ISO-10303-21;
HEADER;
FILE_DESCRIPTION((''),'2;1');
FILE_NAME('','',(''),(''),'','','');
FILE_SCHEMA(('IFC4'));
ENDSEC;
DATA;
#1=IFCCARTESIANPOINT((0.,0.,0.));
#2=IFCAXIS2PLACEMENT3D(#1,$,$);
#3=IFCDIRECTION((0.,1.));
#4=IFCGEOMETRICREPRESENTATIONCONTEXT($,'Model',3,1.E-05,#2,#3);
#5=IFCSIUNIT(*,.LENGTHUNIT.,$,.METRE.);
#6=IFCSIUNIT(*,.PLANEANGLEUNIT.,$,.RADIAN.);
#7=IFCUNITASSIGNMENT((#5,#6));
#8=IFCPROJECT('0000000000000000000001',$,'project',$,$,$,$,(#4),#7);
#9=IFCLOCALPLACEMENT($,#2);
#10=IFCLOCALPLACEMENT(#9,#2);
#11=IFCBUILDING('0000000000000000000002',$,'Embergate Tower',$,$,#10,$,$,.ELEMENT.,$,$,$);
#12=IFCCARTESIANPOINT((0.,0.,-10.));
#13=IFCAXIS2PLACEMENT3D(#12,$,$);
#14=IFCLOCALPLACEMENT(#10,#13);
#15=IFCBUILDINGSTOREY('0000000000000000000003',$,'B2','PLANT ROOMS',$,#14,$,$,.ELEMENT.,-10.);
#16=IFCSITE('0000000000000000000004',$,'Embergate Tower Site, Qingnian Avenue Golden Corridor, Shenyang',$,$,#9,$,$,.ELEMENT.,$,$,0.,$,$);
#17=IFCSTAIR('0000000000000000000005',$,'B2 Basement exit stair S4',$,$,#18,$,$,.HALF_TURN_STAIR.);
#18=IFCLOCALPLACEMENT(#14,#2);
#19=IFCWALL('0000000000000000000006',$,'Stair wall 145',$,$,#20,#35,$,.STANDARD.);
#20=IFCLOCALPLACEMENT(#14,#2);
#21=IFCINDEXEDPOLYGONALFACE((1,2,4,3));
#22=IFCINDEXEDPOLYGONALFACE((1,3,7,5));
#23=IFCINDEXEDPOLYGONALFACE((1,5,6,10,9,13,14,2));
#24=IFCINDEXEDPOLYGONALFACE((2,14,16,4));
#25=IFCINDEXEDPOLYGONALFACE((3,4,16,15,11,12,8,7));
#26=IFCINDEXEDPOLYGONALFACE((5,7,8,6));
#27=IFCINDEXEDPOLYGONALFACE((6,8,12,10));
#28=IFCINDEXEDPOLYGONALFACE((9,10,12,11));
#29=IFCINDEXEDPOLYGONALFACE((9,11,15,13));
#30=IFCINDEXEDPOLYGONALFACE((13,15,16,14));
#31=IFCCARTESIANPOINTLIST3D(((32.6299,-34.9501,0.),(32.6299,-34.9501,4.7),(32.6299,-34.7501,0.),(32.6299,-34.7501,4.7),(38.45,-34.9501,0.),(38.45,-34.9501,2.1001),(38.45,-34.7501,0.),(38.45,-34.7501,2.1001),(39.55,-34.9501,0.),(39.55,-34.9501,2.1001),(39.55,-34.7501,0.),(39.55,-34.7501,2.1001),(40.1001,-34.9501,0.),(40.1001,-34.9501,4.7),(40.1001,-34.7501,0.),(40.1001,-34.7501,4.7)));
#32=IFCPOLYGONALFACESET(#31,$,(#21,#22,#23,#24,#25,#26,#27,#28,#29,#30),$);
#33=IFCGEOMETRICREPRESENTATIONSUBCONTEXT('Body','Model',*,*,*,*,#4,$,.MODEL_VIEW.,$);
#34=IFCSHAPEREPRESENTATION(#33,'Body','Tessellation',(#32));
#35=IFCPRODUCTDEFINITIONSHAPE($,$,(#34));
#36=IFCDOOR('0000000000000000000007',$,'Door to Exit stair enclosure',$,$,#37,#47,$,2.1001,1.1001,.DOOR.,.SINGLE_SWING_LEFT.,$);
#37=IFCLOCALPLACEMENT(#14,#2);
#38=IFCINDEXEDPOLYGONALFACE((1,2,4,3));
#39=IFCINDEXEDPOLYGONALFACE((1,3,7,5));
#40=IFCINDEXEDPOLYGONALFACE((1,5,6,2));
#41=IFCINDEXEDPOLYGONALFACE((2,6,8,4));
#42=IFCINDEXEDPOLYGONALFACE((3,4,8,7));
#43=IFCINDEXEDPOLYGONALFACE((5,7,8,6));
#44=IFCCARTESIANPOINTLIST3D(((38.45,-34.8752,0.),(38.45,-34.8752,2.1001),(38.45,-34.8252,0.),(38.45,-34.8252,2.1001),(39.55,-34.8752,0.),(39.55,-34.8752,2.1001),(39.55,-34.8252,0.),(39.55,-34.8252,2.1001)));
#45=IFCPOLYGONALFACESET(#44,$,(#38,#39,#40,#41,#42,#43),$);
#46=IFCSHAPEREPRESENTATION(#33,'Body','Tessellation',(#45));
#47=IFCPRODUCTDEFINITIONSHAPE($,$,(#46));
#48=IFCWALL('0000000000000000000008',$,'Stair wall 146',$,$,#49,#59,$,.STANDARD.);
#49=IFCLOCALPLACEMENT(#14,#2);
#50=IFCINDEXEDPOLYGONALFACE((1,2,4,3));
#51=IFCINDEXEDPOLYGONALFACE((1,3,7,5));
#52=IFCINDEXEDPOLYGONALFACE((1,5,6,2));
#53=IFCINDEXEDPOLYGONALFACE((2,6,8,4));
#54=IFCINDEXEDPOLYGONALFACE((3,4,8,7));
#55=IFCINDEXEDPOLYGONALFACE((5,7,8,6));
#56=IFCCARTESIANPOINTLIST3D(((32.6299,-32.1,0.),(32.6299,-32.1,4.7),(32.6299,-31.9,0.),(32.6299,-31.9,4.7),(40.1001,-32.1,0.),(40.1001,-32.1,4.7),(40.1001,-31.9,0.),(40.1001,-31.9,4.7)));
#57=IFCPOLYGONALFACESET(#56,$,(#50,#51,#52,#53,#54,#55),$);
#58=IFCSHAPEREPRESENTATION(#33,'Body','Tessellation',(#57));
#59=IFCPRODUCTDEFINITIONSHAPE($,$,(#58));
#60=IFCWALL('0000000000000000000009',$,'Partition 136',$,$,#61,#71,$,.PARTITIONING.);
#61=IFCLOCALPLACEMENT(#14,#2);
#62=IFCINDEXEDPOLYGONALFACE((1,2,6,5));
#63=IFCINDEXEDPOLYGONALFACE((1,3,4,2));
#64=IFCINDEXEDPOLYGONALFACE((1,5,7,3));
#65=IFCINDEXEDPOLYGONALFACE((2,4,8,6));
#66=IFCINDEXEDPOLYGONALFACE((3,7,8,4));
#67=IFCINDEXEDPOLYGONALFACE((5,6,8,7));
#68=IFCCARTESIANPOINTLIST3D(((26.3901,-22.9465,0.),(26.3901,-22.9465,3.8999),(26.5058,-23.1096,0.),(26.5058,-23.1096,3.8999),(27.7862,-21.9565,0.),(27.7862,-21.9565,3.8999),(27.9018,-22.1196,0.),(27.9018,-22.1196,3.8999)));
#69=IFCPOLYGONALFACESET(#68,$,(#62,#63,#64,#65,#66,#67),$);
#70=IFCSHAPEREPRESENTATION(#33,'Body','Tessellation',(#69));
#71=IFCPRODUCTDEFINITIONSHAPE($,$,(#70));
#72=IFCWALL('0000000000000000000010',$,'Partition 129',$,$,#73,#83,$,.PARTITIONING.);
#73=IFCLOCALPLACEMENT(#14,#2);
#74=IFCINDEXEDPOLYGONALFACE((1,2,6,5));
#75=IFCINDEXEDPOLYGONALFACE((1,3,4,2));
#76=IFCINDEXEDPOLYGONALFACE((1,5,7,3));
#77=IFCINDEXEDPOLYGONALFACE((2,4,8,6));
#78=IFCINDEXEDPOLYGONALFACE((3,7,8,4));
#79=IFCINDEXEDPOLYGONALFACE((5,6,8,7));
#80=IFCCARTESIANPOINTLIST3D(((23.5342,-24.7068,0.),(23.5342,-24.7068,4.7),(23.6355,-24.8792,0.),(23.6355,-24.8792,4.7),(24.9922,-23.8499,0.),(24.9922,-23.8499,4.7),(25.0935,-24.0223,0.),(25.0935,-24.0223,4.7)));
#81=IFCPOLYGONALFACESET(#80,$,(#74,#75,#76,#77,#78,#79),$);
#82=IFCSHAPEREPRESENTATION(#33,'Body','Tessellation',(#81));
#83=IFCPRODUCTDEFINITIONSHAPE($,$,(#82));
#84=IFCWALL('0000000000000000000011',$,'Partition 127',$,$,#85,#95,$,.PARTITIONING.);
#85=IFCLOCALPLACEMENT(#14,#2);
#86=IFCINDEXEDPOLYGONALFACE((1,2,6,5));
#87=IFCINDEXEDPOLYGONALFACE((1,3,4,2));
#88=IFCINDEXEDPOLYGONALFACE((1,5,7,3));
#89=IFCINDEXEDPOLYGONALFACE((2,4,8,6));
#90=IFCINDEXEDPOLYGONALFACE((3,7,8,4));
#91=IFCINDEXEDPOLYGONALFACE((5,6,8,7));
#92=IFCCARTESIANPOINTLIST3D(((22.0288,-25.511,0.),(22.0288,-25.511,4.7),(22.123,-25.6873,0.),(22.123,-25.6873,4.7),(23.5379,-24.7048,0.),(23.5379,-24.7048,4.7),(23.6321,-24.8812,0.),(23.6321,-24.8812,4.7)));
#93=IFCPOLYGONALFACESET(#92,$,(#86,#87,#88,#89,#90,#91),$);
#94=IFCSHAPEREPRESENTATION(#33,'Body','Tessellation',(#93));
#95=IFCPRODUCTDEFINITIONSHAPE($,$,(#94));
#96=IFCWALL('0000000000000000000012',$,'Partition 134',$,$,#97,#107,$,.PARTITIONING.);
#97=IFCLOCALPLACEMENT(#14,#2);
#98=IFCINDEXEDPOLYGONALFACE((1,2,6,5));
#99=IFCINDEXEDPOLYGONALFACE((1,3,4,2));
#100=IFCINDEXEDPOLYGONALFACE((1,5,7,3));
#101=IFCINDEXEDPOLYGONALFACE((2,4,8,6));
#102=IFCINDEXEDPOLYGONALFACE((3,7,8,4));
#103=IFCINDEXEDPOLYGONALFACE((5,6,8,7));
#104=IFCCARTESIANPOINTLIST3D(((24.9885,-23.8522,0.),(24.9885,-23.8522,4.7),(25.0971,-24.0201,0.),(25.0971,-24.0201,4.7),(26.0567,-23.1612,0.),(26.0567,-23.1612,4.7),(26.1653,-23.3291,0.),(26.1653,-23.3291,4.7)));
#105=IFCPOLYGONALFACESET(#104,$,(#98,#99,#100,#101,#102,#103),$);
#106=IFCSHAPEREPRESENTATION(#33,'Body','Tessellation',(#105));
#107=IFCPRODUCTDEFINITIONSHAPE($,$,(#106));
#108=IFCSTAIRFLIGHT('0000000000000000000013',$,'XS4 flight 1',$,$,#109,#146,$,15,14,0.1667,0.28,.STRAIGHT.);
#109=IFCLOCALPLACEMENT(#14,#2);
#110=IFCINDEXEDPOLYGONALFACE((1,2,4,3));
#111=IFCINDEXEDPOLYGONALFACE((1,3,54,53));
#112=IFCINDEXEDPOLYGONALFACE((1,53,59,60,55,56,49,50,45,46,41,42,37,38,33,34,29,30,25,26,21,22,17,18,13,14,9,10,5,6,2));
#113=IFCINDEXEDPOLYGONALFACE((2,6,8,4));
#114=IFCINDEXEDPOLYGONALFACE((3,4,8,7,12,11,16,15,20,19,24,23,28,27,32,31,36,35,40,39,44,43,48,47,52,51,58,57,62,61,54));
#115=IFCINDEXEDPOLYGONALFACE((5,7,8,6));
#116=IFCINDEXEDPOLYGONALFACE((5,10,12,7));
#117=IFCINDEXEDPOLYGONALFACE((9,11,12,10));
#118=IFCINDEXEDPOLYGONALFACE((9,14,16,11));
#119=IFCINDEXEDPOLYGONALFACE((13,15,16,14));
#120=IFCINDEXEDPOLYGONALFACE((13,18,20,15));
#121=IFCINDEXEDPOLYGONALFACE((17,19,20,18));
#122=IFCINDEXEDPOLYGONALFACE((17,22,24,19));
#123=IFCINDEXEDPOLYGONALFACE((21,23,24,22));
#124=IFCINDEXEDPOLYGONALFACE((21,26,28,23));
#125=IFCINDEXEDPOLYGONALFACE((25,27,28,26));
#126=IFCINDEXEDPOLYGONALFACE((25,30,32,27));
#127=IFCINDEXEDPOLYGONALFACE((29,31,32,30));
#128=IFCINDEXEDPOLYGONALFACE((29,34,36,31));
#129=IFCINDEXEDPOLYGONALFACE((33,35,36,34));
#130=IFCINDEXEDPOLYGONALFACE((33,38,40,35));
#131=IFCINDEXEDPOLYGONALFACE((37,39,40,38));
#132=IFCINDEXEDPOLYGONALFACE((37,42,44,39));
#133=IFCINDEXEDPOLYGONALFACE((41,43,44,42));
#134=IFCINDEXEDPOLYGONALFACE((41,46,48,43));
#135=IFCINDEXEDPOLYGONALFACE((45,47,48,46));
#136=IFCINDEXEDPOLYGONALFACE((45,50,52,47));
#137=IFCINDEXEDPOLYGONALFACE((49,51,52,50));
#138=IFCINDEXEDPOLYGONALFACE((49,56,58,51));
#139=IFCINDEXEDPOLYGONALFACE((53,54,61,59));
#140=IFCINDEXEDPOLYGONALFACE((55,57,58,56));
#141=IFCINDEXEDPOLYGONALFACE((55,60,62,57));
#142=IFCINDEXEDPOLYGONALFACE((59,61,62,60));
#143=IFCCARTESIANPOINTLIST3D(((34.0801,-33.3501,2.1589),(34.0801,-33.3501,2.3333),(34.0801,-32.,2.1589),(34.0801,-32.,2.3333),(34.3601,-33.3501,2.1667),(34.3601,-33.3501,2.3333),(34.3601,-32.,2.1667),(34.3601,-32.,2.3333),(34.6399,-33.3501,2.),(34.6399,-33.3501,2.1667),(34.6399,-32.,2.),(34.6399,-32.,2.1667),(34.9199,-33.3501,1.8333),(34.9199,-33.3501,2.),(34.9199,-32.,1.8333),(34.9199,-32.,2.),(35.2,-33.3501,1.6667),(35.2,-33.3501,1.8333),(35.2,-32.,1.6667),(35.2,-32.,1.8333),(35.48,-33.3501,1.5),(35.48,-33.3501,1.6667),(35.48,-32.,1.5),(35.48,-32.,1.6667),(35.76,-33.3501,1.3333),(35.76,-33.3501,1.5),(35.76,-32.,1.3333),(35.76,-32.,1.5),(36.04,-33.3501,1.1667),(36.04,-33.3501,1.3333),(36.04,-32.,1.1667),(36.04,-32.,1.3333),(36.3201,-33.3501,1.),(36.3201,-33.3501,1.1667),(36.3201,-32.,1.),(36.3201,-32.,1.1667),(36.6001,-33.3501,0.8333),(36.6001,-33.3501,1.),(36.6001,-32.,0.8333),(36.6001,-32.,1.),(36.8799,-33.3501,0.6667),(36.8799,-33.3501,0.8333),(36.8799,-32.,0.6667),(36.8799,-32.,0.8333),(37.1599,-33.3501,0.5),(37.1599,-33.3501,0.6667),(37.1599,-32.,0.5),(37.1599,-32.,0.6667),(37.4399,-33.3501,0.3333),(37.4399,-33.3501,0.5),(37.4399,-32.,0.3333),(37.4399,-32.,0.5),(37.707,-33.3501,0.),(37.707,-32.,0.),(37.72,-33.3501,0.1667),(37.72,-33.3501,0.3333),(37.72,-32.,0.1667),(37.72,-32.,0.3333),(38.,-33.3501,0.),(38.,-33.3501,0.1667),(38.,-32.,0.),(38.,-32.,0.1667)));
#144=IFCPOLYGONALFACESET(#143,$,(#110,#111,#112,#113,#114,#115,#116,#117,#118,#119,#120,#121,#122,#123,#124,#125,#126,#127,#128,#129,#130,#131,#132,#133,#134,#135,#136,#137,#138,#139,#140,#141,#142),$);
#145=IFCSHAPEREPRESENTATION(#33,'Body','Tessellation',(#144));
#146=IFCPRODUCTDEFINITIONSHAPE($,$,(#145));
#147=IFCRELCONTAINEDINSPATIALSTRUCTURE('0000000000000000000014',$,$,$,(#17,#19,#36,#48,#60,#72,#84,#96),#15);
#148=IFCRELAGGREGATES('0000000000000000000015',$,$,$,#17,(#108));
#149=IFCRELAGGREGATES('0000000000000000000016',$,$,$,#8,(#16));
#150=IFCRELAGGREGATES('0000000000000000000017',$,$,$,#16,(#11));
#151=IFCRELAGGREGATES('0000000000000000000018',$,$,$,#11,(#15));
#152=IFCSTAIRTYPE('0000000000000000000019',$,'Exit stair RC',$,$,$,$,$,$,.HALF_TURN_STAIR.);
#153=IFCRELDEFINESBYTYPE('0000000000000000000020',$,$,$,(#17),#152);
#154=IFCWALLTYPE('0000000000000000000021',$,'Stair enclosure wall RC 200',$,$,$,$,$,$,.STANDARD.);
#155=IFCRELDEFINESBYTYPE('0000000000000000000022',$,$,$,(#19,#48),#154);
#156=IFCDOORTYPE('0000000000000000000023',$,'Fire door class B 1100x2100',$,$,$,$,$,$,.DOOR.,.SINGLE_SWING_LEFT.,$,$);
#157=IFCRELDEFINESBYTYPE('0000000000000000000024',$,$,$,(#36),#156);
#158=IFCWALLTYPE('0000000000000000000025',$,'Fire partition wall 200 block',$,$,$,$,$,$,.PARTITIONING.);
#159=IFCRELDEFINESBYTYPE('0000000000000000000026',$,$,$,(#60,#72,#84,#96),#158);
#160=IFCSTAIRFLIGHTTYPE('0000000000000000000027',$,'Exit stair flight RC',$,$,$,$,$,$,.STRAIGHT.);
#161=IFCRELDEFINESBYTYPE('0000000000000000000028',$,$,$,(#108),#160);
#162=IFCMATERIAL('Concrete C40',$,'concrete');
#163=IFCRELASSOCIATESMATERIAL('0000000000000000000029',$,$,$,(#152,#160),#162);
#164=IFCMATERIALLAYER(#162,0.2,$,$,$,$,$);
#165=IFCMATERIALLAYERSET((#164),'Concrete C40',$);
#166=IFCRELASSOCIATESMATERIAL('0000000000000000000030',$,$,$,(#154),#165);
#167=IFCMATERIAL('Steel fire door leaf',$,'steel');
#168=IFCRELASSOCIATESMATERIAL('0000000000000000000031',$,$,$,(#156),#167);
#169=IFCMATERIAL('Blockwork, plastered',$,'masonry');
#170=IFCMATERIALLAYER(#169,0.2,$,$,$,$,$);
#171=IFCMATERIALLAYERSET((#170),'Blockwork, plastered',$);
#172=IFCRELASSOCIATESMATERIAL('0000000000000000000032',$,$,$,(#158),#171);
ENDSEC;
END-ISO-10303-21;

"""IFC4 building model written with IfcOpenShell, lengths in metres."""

from ifc_helpers import new_model, si_unit, direction, frame, frame_2d, origin, place, context, subcontext, project, spatial, polyline, rectangle, outline, extrude, source, transform, mapped, material, layer, layer_set, type_object, element, fill, aggregate, save


model = new_model("IFC4")

# Units and contexts
model_context = context("Model", 3, precision=1e-05, world=origin(), true_north=direction((0.0, 1.0)))
body_context = subcontext(model_context, "Body", "Model", "MODEL_VIEW")
ifc_project = project(units=[si_unit("LENGTHUNIT", "METRE"), si_unit("PLANEANGLEUNIT", "RADIAN")], contexts=[model_context])

# Site, building, storey
site_placement = place(None, origin())
site = spatial("IfcSite", under=ifc_project, at=site_placement, Name="Embergate Tower Site, Qingnian Avenue Golden Corridor, Shenyang", CompositionType="ELEMENT", RefElevation=0.0)
building_placement = place(site_placement, origin())
building = spatial("IfcBuilding", under=site, at=building_placement, Name="Embergate Tower", CompositionType="ELEMENT")
storey_placement = place(building_placement, frame((0.0, 0.0, -10.0)))
storey = spatial("IfcBuildingStorey", under=building, at=storey_placement, Name="B2", Description="PLANT ROOMS", CompositionType="ELEMENT", Elevation=-10.0)

# Shared definitions
ifc_material_1 = material(Name="Concrete C40", Category="concrete")

# Stair
stair_type = type_object("IfcStairType", Name="Exit stair RC", PredefinedType="HALF_TURN_STAIR", material=ifc_material_1)
stair_placement = place(storey_placement, origin())
stair = element("IfcStair", 1, at=stair_placement, inside=storey, type_object=stair_type, Name="B2 Basement exit stair S4", PredefinedType="HALF_TURN_STAIR")

# Shared definitions
ifc_layer_1 = layer(ifc_material_1, 0.2)
ifc_layer_set_1 = layer_set([ifc_layer_1], Name="Concrete C40")
wall_type_1 = type_object("IfcWallType", Name="Stair enclosure wall RC 200", PredefinedType="STANDARD", material=ifc_layer_set_1)

# Wall, opening, door
shared_shape_1 = source(origin(), body_context, "Body", "SweptSolid", [
    extrude(rectangle(XDim=7.4702, YDim=0.2, at=frame_2d((3.7351, 0.0))), origin(), (0.0, 0.0, 1.0), 4.7),
])
wall_1_placement = place(storey_placement, frame((32.6299, -34.8501, 0.0), z_axis=(0.0, 0.0, 1.0), x_axis=(1.0, 0.0, 0.0)))
wall_1 = element("IfcWall", 2, at=wall_1_placement, inside=storey, type_object=wall_type_1, Name="Stair wall 145", PredefinedType="STANDARD", context=body_context, shape_type="MappedRepresentation", body=[
    mapped(shared_shape_1, transform((0.0, 0.0, 0.0))),
])
shared_shape_2 = source(origin(), body_context, "Body", "SweptSolid", [
    extrude(rectangle(XDim=1.1001, YDim=2.1001, at=frame_2d((0.55, 1.05))), frame((0.0, 0.1099, 0.0), z_axis=(0.0, -1.0, 0.0), x_axis=(1.0, 0.0, 0.0)), (0.0, 0.0, 1.0), 0.22),
])
opening_placement = place(wall_1_placement, frame((5.8201, 0.0, 0.0)))
opening = element("IfcOpeningElement", 3, at=opening_placement, cuts=wall_1, PredefinedType="OPENING", context=body_context, shape_type="MappedRepresentation", body=[
    mapped(shared_shape_2, transform((0.0, 0.0, 0.0))),
])
ifc_material_2 = material(Name="Steel fire door leaf", Category="steel")
door_type = type_object("IfcDoorType", Name="Fire door class B 1100x2100", OperationType="SINGLE_SWING_LEFT", PredefinedType="DOOR", material=ifc_material_2)
shared_shape_3 = source(origin(), body_context, "Body", "SweptSolid", [
    extrude(rectangle(XDim=1.1001, YDim=2.1001, at=frame_2d((0.55, 1.05))), frame((0.0, 0.0249, 0.0), z_axis=(0.0, -1.0, 0.0), x_axis=(1.0, 0.0, 0.0)), (0.0, 0.0, 1.0), 0.05),
])
door_placement = place(opening_placement, origin())
door = element("IfcDoor", 4, at=door_placement, inside=storey, type_object=door_type, Name="Door to Exit stair enclosure", OperationType="SINGLE_SWING_LEFT", OverallHeight=2.1001, OverallWidth=1.1001, PredefinedType="DOOR", context=body_context, shape_type="MappedRepresentation", body=[
    mapped(shared_shape_3, transform((0.0, 0.0, 0.0))),
])
fill(opening, door)

# Walls
wall_2_placement = place(storey_placement, frame((32.6299, -32.0, 0.0), z_axis=(0.0, 0.0, 1.0), x_axis=(1.0, 0.0, 0.0)))
element("IfcWall", 5, at=wall_2_placement, inside=storey, type_object=wall_type_1, Name="Stair wall 146", PredefinedType="STANDARD", context=body_context, shape_type="MappedRepresentation", body=[
    mapped(shared_shape_1, transform((0.0, 0.0, 0.0))),
])
ifc_material_3 = material(Name="Blockwork, plastered", Category="masonry")
ifc_layer_2 = layer(ifc_material_3, 0.2)
ifc_layer_set_2 = layer_set([ifc_layer_2], Name="Blockwork, plastered")
wall_type_2 = type_object("IfcWallType", Name="Fire partition wall 200 block", PredefinedType="PARTITIONING", material=ifc_layer_set_2)
shared_shape_4 = source(origin(), body_context, "Body", "SweptSolid", [
    extrude(rectangle(XDim=1.7114, YDim=0.2, at=frame_2d((0.8557, 0.0))), origin(), (0.0, 0.0, 1.0), 3.8999),
])
wall_3_placement = place(storey_placement, frame((27.844, -22.0381, 0.0), z_axis=(0.0, 0.0, 1.0), x_axis=(-0.815705, -0.578468, 0.0)))
element("IfcWall", 6, at=wall_3_placement, inside=storey, type_object=wall_type_2, Name="Partition 136", PredefinedType="PARTITIONING", context=body_context, shape_type="MappedRepresentation", body=[
    mapped(shared_shape_4, transform((0.0, 0.0, 0.0))),
])
shared_shape_5 = source(origin(), body_context, "Body", "SweptSolid", [
    extrude(rectangle(XDim=1.6912, YDim=0.2, at=frame_2d((0.8457, 0.0))), origin(), (0.0, 0.0, 1.0), 4.7),
])
wall_4_placement = place(storey_placement, frame((25.043, -23.936, 0.0), z_axis=(0.0, 0.0, 1.0), x_axis=(-0.86212, -0.506705, 0.0)))
element("IfcWall", 7, at=wall_4_placement, inside=storey, type_object=wall_type_2, Name="Partition 129", PredefinedType="PARTITIONING", context=body_context, shape_type="MappedRepresentation", body=[
    mapped(shared_shape_5, transform((0.0, 0.0, 0.0))),
])
shared_shape_6 = source(origin(), body_context, "Body", "SweptSolid", [
    extrude(rectangle(XDim=1.7109, YDim=0.2, at=frame_2d((0.8555, 0.0))), origin(), (0.0, 0.0, 1.0), 4.7),
])
wall_5_placement = place(storey_placement, frame((23.585, -24.793, 0.0), z_axis=(0.0, 0.0, 1.0), x_axis=(-0.882029, -0.471195, 0.0)))
element("IfcWall", 8, at=wall_5_placement, inside=storey, type_object=wall_type_2, Name="Partition 127", PredefinedType="PARTITIONING", context=body_context, shape_type="MappedRepresentation", body=[
    mapped(shared_shape_6, transform((0.0, 0.0, 0.0))),
])
shared_shape_7 = source(origin(), body_context, "Body", "SweptSolid", [
    extrude(rectangle(XDim=1.2722, YDim=0.2, at=frame_2d((0.6362, 0.0))), origin(), (0.0, 0.0, 1.0), 4.7),
])
wall_6_placement = place(storey_placement, frame((26.1111, -23.2451, 0.0), z_axis=(0.0, 0.0, 1.0), x_axis=(-0.839647, -0.543132, 0.0)))
element("IfcWall", 9, at=wall_6_placement, inside=storey, type_object=wall_type_2, Name="Partition 134", PredefinedType="PARTITIONING", context=body_context, shape_type="MappedRepresentation", body=[
    mapped(shared_shape_7, transform((0.0, 0.0, 0.0))),
])

# Stair flight
stair_flight_type = type_object("IfcStairFlightType", Name="Exit stair flight RC", PredefinedType="STRAIGHT", material=ifc_material_1)
shared_shape_8 = source(origin(), body_context, "Body", "SweptSolid", [
    extrude(outline(polyline([(0.0, 0.0), (0.0, 0.1667), (0.28, 0.1667), (0.28, 0.3333), (0.5601, 0.3333), (0.5601, 0.5), (0.8401, 0.5), (0.8401, 0.6667), (1.1201, 0.6667), (1.1201, 0.8333), (1.3999, 0.8333), (1.3999, 1.0), (1.6799, 1.0), (1.6799, 1.1667), (1.96, 1.1667), (1.96, 1.3333), (2.24, 1.3333), (2.24, 1.5), (2.52, 1.5), (2.52, 1.6667), (2.8, 1.6667), (2.8, 1.8333), (3.0801, 1.8333), (3.0801, 2.0), (3.3601, 2.0), (3.3601, 2.1667), (3.6399, 2.1667), (3.6399, 2.3333), (3.9199, 2.3333), (3.9199, 2.5), (3.9199, 2.1589), (0.293, 0.0), (0.0, 0.0)])), frame((0.0, 0.675, 0.0), z_axis=(0.0, -1.0, 0.0), x_axis=(1.0, 0.0, 0.0)), (0.0, 0.0, 1.0), 1.3501),
])
stair_flight_1_placement = place(storey_placement, frame((38.0, -32.675, 0.0), z_axis=(0.0, 0.0, 1.0), x_axis=(-1.0, 0.0, 0.0)))
stair_flight_1 = element("IfcStairFlight", 10, at=stair_flight_1_placement, type_object=stair_flight_type, Name="XS4 flight 1", NumberOfRisers=15, NumberOfTreads=14, PredefinedType="STRAIGHT", RiserHeight=0.1667, TreadLength=0.28, context=body_context, shape_type="MappedRepresentation", body=[
    mapped(shared_shape_8, transform((0.0, 0.0, 0.0))),
])
aggregate(stair, [stair_flight_1])

save(model, "model.ifc")
